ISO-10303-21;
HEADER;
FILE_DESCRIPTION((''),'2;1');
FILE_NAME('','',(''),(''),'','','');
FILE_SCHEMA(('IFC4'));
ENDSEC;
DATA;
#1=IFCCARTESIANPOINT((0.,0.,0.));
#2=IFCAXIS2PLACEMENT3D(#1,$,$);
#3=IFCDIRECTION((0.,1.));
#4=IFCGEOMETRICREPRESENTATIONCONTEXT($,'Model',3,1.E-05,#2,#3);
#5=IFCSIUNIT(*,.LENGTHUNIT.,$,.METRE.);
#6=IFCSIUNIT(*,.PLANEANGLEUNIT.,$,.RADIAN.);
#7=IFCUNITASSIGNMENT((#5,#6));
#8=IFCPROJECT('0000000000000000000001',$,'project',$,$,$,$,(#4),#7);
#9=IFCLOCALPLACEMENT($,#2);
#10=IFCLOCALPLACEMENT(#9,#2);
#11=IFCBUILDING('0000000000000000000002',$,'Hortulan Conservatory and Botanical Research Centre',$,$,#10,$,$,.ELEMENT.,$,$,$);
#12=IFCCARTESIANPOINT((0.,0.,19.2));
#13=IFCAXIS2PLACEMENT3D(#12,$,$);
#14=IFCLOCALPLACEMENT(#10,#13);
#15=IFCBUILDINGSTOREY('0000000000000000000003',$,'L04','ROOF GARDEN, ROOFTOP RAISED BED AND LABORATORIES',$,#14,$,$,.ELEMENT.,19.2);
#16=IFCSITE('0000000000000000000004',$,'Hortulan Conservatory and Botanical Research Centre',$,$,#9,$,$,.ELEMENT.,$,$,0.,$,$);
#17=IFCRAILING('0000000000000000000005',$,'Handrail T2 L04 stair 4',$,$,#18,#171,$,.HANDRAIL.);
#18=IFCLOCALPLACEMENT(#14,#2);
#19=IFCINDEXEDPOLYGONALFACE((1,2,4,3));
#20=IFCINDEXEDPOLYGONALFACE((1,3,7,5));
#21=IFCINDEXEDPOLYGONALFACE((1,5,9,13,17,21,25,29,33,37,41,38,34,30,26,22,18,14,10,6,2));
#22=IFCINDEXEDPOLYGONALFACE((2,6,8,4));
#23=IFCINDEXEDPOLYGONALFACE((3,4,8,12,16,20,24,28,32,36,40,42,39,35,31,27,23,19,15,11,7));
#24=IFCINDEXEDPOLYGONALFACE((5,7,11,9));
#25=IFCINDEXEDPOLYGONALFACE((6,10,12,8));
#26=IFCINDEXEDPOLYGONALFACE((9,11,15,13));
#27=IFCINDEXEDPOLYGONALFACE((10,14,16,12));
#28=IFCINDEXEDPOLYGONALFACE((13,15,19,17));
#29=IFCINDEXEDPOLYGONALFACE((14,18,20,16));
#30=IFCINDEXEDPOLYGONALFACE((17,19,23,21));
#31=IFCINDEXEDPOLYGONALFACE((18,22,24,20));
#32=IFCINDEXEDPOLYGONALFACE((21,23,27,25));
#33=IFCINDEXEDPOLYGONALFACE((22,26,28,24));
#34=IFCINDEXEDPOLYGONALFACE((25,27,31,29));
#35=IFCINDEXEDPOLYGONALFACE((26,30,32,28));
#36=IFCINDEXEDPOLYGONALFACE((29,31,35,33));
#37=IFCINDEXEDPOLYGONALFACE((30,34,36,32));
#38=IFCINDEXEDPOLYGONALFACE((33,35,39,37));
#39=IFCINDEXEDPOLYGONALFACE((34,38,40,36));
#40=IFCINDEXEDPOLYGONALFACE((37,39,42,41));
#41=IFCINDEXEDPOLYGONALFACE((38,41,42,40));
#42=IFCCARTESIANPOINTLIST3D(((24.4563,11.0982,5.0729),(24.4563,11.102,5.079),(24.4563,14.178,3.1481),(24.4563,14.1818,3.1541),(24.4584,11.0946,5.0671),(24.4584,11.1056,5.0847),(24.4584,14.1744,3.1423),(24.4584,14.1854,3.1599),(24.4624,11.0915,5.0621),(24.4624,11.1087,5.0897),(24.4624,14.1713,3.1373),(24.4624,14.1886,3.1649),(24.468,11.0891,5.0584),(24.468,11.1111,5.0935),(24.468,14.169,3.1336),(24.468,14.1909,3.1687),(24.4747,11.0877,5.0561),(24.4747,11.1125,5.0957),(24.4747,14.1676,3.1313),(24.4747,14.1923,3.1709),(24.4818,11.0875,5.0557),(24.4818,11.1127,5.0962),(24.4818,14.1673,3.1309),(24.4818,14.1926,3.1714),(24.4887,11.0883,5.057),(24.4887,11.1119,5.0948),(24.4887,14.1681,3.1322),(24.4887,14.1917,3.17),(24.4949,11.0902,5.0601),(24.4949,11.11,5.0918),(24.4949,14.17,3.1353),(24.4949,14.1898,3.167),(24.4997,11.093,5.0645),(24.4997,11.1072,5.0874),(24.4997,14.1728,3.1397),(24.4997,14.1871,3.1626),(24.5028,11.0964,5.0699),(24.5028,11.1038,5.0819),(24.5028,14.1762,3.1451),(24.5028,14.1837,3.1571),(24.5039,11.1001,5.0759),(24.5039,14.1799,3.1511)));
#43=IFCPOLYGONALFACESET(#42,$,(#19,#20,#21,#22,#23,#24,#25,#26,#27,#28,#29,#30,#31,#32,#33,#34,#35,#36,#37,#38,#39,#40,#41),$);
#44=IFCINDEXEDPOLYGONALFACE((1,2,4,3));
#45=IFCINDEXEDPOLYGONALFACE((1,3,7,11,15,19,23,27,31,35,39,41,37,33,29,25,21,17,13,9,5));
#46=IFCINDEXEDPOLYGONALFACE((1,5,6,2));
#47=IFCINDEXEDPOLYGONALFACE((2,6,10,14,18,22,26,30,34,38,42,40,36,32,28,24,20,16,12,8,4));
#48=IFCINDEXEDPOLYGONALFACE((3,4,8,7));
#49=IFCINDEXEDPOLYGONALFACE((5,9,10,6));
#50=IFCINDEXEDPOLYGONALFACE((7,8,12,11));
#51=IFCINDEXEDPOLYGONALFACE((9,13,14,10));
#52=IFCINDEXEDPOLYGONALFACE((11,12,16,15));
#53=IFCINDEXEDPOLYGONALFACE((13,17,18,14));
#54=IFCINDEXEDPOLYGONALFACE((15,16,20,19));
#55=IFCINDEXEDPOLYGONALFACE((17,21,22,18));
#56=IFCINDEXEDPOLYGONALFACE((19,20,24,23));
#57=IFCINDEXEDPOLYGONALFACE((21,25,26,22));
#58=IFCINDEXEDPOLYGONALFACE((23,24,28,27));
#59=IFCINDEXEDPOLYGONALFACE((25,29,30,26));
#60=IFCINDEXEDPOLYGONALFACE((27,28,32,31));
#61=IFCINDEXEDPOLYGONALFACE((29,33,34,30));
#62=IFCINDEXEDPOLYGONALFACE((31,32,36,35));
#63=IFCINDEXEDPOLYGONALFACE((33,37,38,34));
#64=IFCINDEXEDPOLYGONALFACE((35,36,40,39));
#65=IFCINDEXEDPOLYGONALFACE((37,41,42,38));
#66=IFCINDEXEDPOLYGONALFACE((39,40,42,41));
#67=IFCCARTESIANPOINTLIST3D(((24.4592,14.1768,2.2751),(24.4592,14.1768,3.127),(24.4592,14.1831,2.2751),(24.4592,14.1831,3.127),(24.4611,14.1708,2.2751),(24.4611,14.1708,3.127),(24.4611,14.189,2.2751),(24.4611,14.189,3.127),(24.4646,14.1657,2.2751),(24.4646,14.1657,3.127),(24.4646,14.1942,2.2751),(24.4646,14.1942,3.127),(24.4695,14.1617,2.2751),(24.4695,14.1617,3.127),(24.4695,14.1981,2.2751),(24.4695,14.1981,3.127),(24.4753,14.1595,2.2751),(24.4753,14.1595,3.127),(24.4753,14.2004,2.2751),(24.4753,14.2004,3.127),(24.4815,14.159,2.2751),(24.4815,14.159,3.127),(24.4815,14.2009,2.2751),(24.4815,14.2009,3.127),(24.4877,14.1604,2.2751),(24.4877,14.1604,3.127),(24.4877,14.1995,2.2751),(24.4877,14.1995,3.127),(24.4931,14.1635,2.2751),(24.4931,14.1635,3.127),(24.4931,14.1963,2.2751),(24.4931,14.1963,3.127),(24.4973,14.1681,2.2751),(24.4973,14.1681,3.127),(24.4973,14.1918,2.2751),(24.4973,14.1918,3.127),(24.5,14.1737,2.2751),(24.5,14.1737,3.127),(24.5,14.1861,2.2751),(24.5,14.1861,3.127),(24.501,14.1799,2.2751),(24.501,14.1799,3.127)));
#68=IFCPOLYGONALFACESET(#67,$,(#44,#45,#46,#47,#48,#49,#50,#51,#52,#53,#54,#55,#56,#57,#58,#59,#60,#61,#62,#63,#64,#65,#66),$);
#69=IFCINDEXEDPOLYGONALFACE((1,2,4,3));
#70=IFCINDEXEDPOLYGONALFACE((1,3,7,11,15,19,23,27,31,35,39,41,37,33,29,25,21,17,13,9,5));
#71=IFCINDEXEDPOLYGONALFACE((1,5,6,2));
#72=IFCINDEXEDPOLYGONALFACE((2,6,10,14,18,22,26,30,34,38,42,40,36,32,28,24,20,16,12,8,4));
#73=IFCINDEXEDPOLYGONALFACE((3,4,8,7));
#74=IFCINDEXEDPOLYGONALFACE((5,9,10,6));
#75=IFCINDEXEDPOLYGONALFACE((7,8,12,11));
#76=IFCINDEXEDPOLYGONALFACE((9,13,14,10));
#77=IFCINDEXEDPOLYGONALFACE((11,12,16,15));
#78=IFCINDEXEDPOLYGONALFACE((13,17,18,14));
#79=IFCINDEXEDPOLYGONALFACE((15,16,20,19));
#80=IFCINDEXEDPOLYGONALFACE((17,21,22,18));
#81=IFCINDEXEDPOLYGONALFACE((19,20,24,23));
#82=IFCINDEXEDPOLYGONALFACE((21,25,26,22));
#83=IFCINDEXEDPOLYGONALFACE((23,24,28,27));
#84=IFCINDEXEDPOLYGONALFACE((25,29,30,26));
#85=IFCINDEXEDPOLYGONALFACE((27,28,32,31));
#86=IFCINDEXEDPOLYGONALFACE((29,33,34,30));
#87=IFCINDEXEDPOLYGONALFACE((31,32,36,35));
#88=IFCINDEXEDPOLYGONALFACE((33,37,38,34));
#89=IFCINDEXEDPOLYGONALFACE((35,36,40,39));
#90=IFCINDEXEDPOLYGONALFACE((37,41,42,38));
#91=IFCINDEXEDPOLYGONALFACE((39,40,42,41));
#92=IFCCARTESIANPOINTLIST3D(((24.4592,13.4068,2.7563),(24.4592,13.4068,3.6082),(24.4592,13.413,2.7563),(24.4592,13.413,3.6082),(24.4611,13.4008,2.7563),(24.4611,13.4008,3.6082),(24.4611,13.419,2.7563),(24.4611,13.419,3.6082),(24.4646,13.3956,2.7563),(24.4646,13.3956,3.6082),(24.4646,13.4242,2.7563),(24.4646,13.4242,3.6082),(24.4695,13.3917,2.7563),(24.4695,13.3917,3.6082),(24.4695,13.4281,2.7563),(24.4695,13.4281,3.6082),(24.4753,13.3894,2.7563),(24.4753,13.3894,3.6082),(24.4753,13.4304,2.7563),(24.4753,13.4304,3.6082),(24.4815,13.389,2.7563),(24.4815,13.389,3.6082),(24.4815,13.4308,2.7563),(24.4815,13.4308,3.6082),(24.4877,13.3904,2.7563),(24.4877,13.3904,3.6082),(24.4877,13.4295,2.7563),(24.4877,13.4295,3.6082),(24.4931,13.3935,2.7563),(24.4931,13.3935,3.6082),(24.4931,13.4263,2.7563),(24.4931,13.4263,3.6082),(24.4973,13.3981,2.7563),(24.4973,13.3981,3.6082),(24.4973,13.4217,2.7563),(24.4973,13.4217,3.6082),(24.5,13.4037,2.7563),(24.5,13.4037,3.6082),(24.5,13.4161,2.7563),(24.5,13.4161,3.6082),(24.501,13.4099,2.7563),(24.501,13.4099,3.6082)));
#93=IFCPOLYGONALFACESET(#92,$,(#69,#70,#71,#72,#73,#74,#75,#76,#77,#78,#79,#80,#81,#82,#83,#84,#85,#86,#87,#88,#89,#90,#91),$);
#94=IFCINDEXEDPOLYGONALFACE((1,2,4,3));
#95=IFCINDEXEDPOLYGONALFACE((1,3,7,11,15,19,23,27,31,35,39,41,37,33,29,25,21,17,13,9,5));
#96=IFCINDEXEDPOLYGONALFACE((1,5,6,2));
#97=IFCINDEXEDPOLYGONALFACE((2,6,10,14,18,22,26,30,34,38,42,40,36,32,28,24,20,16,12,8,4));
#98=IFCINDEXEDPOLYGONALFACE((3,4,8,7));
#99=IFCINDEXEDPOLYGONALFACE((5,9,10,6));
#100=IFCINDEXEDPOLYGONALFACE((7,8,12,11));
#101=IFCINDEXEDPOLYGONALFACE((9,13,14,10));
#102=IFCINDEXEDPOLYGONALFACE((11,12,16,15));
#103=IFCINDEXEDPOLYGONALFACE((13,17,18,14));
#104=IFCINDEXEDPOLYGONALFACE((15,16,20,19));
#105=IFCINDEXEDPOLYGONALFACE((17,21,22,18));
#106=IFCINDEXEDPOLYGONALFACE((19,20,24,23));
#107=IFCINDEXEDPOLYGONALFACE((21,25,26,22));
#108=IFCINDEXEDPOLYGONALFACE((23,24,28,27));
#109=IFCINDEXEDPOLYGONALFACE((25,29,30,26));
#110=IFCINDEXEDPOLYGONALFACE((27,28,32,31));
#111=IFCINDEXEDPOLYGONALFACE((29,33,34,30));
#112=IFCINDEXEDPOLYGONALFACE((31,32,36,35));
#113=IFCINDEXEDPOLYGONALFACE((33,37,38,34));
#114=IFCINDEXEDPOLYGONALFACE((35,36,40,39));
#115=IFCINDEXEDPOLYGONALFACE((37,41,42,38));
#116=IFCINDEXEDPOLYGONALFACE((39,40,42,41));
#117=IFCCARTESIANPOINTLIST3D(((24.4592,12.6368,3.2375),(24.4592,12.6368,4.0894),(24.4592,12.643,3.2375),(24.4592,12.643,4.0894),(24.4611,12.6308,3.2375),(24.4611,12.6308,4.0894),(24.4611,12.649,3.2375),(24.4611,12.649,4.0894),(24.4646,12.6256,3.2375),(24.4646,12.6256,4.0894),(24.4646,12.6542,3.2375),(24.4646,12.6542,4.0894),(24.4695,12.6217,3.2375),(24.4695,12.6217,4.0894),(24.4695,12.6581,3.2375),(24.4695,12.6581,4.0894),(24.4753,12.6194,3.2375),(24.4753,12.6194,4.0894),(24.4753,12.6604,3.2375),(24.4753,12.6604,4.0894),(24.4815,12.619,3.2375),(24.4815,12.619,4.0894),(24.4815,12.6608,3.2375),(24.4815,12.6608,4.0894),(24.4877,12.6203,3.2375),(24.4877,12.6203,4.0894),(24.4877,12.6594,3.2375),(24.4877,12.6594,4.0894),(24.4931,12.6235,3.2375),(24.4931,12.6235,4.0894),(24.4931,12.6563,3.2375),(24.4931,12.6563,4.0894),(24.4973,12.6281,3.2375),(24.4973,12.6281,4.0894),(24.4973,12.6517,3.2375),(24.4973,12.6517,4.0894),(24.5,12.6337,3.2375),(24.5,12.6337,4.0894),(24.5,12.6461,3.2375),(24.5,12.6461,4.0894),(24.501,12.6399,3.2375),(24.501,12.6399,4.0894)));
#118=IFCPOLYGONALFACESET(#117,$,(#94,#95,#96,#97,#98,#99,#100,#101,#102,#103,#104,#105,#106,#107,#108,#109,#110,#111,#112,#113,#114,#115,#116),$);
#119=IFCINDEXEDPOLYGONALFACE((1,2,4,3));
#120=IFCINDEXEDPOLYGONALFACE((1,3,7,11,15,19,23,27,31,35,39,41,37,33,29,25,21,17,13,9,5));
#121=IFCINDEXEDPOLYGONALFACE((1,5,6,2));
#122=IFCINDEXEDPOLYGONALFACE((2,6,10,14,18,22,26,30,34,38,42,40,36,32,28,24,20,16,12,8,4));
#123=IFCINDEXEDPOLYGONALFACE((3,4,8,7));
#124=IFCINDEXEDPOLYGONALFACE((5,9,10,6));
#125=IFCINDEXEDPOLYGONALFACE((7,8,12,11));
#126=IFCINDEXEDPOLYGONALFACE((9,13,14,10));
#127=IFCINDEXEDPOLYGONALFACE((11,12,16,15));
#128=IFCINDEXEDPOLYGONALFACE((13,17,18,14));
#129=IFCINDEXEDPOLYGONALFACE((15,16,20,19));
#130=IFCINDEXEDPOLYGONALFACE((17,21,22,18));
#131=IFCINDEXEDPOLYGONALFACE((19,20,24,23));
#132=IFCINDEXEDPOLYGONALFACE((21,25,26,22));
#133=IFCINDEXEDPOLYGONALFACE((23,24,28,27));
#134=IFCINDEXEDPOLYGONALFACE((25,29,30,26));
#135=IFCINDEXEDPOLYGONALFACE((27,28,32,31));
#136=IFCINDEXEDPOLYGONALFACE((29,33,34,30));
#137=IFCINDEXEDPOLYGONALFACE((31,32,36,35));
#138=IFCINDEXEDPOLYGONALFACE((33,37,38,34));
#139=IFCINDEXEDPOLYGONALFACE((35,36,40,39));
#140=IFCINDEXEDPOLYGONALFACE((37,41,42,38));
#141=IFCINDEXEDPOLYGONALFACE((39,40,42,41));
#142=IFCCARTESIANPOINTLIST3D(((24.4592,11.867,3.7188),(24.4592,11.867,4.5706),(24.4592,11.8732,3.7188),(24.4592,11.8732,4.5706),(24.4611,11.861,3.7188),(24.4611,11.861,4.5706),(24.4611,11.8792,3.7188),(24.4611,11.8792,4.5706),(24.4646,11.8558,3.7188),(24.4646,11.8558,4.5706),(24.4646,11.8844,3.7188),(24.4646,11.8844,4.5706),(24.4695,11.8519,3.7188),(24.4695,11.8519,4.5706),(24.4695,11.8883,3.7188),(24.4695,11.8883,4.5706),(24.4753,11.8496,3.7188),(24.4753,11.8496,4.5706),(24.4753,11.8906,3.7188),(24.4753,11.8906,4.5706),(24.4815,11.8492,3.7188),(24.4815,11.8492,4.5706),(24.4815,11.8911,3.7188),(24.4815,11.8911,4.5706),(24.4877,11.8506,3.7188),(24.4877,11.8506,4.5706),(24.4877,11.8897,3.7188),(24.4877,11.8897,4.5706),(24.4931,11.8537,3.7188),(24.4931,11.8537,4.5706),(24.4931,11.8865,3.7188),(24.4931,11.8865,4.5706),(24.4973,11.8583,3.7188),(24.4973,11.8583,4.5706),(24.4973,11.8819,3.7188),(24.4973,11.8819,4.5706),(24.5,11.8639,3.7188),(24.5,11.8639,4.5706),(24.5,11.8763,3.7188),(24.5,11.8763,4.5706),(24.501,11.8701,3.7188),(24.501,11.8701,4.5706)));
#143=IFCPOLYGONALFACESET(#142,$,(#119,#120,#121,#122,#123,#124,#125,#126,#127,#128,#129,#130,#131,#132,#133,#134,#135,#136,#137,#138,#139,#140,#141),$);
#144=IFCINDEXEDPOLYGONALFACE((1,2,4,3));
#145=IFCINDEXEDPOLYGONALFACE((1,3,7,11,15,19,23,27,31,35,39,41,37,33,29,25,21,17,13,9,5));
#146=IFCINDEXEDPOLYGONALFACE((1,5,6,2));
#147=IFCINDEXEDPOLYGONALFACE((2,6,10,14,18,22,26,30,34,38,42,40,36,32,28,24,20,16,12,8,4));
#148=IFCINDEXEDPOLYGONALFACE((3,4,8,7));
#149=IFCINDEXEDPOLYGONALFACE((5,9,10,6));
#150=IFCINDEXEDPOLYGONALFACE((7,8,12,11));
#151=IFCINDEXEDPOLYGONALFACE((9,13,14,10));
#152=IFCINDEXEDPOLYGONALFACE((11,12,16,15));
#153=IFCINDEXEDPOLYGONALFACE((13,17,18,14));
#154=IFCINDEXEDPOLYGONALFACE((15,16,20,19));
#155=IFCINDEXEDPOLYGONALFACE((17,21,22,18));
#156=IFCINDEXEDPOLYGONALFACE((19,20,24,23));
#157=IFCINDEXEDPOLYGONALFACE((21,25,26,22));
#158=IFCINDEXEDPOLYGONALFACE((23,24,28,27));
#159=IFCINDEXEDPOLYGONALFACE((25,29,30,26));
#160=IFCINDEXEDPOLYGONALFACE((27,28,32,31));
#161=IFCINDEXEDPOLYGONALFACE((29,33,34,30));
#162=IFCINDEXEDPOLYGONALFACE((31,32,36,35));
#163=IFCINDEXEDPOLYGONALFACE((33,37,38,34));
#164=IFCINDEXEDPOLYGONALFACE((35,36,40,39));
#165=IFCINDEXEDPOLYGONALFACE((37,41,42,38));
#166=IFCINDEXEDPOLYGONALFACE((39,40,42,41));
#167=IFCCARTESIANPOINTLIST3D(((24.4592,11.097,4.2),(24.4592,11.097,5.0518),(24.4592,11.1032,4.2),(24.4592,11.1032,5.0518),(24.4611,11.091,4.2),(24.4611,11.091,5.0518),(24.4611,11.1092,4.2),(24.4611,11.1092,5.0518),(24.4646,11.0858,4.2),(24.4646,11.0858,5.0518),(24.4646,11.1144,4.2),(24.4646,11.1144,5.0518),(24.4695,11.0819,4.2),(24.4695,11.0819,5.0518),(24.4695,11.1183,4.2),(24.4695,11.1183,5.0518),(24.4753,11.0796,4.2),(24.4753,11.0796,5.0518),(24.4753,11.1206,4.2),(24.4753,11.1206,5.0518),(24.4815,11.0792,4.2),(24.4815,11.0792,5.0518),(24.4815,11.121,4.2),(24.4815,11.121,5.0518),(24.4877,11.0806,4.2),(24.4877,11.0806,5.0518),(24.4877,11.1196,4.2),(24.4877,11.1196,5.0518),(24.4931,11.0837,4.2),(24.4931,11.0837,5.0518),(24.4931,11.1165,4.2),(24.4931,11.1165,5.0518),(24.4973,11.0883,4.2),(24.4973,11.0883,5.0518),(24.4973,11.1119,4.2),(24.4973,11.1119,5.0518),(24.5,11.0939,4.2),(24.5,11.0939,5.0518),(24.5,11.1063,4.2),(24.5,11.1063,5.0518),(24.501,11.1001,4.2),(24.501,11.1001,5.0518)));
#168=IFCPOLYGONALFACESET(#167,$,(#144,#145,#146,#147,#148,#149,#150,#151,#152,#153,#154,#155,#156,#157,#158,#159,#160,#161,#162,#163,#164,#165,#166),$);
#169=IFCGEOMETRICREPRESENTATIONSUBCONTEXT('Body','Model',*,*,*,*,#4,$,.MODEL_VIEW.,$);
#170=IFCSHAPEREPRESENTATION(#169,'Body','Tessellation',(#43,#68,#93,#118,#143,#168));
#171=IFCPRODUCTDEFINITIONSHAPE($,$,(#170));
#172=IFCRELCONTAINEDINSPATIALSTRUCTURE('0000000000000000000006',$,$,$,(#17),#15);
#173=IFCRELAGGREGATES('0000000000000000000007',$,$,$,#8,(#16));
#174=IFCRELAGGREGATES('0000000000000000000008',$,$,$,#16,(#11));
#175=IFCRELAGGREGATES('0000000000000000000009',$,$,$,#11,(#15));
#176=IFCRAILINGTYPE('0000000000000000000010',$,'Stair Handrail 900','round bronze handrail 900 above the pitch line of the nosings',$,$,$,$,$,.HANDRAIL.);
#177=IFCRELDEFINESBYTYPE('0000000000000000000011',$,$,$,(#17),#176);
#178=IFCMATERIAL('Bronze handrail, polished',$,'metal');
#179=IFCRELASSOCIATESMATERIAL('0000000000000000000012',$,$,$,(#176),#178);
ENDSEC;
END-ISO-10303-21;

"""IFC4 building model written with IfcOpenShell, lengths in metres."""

from ifc_helpers import new_model, si_unit, direction, frame, origin, origin_2d, place, context, subcontext, project, spatial, circle, extrude, material, type_object, element, save


model = new_model("IFC4")

# Units and contexts
model_context = context("Model", 3, precision=1e-05, world=origin(), true_north=direction((0.0, 1.0)))
body_context = subcontext(model_context, "Body", "Model", "MODEL_VIEW")
ifc_project = project(units=[si_unit("LENGTHUNIT", "METRE"), si_unit("PLANEANGLEUNIT", "RADIAN")], contexts=[model_context])

# Site, building, storey
site_placement = place(None, origin())
site = spatial("IfcSite", under=ifc_project, at=site_placement, Name="Hortulan Conservatory and Botanical Research Centre", CompositionType="ELEMENT", RefElevation=0.0)
building_placement = place(site_placement, origin())
building = spatial("IfcBuilding", under=site, at=building_placement, Name="Hortulan Conservatory and Botanical Research Centre", CompositionType="ELEMENT")
storey_placement = place(building_placement, frame((0.0, 0.0, 19.2)))
storey = spatial("IfcBuildingStorey", under=building, at=storey_placement, Name="L04", Description="ROOF GARDEN, ROOFTOP RAISED BED AND LABORATORIES", CompositionType="ELEMENT", Elevation=19.2)

# Railing
ifc_material_1 = material(Name="Bronze handrail, polished", Category="metal")
railing_type_1 = type_object("IfcRailingType", Name="Stair Handrail 900", Description="round bronze handrail 900 above the pitch line of the nosings", PredefinedType="HANDRAIL", material=ifc_material_1)
railing_1_placement = place(storey_placement, frame((24.48, 14.1799, 2.2751)))
element("IfcRailing", 1, at=railing_1_placement, inside=storey, type_object=railing_type_1, Name="Handrail T2 L04 stair 4", PredefinedType="HANDRAIL", context=body_context, shape_type="SweptSolid", body=[
    extrude(circle(Radius=0.0239, at=origin_2d()), frame((0.0, 0.0, 0.876), z_axis=(0.0, -0.84801, 0.529981), x_axis=(1.0, 0.0, 0.0)), (0.0, 0.0, 1.0), 3.6318),
    extrude(circle(Radius=0.021, at=origin_2d()), origin(), (0.0, 0.0, 1.0), 0.8518),
    extrude(circle(Radius=0.021, at=origin_2d()), frame((0.0, -0.77, 0.4812)), (0.0, 0.0, 1.0), 0.8518),
    extrude(circle(Radius=0.021, at=origin_2d()), frame((0.0, -1.54, 0.9624)), (0.0, 0.0, 1.0), 0.8518),
    extrude(circle(Radius=0.021, at=origin_2d()), frame((0.0, -2.3098, 1.4436)), (0.0, 0.0, 1.0), 0.8518),
    extrude(circle(Radius=0.021, at=origin_2d()), frame((0.0, -3.0798, 1.9248)), (0.0, 0.0, 1.0), 0.8518),
])

save(model, "model.ifc")
